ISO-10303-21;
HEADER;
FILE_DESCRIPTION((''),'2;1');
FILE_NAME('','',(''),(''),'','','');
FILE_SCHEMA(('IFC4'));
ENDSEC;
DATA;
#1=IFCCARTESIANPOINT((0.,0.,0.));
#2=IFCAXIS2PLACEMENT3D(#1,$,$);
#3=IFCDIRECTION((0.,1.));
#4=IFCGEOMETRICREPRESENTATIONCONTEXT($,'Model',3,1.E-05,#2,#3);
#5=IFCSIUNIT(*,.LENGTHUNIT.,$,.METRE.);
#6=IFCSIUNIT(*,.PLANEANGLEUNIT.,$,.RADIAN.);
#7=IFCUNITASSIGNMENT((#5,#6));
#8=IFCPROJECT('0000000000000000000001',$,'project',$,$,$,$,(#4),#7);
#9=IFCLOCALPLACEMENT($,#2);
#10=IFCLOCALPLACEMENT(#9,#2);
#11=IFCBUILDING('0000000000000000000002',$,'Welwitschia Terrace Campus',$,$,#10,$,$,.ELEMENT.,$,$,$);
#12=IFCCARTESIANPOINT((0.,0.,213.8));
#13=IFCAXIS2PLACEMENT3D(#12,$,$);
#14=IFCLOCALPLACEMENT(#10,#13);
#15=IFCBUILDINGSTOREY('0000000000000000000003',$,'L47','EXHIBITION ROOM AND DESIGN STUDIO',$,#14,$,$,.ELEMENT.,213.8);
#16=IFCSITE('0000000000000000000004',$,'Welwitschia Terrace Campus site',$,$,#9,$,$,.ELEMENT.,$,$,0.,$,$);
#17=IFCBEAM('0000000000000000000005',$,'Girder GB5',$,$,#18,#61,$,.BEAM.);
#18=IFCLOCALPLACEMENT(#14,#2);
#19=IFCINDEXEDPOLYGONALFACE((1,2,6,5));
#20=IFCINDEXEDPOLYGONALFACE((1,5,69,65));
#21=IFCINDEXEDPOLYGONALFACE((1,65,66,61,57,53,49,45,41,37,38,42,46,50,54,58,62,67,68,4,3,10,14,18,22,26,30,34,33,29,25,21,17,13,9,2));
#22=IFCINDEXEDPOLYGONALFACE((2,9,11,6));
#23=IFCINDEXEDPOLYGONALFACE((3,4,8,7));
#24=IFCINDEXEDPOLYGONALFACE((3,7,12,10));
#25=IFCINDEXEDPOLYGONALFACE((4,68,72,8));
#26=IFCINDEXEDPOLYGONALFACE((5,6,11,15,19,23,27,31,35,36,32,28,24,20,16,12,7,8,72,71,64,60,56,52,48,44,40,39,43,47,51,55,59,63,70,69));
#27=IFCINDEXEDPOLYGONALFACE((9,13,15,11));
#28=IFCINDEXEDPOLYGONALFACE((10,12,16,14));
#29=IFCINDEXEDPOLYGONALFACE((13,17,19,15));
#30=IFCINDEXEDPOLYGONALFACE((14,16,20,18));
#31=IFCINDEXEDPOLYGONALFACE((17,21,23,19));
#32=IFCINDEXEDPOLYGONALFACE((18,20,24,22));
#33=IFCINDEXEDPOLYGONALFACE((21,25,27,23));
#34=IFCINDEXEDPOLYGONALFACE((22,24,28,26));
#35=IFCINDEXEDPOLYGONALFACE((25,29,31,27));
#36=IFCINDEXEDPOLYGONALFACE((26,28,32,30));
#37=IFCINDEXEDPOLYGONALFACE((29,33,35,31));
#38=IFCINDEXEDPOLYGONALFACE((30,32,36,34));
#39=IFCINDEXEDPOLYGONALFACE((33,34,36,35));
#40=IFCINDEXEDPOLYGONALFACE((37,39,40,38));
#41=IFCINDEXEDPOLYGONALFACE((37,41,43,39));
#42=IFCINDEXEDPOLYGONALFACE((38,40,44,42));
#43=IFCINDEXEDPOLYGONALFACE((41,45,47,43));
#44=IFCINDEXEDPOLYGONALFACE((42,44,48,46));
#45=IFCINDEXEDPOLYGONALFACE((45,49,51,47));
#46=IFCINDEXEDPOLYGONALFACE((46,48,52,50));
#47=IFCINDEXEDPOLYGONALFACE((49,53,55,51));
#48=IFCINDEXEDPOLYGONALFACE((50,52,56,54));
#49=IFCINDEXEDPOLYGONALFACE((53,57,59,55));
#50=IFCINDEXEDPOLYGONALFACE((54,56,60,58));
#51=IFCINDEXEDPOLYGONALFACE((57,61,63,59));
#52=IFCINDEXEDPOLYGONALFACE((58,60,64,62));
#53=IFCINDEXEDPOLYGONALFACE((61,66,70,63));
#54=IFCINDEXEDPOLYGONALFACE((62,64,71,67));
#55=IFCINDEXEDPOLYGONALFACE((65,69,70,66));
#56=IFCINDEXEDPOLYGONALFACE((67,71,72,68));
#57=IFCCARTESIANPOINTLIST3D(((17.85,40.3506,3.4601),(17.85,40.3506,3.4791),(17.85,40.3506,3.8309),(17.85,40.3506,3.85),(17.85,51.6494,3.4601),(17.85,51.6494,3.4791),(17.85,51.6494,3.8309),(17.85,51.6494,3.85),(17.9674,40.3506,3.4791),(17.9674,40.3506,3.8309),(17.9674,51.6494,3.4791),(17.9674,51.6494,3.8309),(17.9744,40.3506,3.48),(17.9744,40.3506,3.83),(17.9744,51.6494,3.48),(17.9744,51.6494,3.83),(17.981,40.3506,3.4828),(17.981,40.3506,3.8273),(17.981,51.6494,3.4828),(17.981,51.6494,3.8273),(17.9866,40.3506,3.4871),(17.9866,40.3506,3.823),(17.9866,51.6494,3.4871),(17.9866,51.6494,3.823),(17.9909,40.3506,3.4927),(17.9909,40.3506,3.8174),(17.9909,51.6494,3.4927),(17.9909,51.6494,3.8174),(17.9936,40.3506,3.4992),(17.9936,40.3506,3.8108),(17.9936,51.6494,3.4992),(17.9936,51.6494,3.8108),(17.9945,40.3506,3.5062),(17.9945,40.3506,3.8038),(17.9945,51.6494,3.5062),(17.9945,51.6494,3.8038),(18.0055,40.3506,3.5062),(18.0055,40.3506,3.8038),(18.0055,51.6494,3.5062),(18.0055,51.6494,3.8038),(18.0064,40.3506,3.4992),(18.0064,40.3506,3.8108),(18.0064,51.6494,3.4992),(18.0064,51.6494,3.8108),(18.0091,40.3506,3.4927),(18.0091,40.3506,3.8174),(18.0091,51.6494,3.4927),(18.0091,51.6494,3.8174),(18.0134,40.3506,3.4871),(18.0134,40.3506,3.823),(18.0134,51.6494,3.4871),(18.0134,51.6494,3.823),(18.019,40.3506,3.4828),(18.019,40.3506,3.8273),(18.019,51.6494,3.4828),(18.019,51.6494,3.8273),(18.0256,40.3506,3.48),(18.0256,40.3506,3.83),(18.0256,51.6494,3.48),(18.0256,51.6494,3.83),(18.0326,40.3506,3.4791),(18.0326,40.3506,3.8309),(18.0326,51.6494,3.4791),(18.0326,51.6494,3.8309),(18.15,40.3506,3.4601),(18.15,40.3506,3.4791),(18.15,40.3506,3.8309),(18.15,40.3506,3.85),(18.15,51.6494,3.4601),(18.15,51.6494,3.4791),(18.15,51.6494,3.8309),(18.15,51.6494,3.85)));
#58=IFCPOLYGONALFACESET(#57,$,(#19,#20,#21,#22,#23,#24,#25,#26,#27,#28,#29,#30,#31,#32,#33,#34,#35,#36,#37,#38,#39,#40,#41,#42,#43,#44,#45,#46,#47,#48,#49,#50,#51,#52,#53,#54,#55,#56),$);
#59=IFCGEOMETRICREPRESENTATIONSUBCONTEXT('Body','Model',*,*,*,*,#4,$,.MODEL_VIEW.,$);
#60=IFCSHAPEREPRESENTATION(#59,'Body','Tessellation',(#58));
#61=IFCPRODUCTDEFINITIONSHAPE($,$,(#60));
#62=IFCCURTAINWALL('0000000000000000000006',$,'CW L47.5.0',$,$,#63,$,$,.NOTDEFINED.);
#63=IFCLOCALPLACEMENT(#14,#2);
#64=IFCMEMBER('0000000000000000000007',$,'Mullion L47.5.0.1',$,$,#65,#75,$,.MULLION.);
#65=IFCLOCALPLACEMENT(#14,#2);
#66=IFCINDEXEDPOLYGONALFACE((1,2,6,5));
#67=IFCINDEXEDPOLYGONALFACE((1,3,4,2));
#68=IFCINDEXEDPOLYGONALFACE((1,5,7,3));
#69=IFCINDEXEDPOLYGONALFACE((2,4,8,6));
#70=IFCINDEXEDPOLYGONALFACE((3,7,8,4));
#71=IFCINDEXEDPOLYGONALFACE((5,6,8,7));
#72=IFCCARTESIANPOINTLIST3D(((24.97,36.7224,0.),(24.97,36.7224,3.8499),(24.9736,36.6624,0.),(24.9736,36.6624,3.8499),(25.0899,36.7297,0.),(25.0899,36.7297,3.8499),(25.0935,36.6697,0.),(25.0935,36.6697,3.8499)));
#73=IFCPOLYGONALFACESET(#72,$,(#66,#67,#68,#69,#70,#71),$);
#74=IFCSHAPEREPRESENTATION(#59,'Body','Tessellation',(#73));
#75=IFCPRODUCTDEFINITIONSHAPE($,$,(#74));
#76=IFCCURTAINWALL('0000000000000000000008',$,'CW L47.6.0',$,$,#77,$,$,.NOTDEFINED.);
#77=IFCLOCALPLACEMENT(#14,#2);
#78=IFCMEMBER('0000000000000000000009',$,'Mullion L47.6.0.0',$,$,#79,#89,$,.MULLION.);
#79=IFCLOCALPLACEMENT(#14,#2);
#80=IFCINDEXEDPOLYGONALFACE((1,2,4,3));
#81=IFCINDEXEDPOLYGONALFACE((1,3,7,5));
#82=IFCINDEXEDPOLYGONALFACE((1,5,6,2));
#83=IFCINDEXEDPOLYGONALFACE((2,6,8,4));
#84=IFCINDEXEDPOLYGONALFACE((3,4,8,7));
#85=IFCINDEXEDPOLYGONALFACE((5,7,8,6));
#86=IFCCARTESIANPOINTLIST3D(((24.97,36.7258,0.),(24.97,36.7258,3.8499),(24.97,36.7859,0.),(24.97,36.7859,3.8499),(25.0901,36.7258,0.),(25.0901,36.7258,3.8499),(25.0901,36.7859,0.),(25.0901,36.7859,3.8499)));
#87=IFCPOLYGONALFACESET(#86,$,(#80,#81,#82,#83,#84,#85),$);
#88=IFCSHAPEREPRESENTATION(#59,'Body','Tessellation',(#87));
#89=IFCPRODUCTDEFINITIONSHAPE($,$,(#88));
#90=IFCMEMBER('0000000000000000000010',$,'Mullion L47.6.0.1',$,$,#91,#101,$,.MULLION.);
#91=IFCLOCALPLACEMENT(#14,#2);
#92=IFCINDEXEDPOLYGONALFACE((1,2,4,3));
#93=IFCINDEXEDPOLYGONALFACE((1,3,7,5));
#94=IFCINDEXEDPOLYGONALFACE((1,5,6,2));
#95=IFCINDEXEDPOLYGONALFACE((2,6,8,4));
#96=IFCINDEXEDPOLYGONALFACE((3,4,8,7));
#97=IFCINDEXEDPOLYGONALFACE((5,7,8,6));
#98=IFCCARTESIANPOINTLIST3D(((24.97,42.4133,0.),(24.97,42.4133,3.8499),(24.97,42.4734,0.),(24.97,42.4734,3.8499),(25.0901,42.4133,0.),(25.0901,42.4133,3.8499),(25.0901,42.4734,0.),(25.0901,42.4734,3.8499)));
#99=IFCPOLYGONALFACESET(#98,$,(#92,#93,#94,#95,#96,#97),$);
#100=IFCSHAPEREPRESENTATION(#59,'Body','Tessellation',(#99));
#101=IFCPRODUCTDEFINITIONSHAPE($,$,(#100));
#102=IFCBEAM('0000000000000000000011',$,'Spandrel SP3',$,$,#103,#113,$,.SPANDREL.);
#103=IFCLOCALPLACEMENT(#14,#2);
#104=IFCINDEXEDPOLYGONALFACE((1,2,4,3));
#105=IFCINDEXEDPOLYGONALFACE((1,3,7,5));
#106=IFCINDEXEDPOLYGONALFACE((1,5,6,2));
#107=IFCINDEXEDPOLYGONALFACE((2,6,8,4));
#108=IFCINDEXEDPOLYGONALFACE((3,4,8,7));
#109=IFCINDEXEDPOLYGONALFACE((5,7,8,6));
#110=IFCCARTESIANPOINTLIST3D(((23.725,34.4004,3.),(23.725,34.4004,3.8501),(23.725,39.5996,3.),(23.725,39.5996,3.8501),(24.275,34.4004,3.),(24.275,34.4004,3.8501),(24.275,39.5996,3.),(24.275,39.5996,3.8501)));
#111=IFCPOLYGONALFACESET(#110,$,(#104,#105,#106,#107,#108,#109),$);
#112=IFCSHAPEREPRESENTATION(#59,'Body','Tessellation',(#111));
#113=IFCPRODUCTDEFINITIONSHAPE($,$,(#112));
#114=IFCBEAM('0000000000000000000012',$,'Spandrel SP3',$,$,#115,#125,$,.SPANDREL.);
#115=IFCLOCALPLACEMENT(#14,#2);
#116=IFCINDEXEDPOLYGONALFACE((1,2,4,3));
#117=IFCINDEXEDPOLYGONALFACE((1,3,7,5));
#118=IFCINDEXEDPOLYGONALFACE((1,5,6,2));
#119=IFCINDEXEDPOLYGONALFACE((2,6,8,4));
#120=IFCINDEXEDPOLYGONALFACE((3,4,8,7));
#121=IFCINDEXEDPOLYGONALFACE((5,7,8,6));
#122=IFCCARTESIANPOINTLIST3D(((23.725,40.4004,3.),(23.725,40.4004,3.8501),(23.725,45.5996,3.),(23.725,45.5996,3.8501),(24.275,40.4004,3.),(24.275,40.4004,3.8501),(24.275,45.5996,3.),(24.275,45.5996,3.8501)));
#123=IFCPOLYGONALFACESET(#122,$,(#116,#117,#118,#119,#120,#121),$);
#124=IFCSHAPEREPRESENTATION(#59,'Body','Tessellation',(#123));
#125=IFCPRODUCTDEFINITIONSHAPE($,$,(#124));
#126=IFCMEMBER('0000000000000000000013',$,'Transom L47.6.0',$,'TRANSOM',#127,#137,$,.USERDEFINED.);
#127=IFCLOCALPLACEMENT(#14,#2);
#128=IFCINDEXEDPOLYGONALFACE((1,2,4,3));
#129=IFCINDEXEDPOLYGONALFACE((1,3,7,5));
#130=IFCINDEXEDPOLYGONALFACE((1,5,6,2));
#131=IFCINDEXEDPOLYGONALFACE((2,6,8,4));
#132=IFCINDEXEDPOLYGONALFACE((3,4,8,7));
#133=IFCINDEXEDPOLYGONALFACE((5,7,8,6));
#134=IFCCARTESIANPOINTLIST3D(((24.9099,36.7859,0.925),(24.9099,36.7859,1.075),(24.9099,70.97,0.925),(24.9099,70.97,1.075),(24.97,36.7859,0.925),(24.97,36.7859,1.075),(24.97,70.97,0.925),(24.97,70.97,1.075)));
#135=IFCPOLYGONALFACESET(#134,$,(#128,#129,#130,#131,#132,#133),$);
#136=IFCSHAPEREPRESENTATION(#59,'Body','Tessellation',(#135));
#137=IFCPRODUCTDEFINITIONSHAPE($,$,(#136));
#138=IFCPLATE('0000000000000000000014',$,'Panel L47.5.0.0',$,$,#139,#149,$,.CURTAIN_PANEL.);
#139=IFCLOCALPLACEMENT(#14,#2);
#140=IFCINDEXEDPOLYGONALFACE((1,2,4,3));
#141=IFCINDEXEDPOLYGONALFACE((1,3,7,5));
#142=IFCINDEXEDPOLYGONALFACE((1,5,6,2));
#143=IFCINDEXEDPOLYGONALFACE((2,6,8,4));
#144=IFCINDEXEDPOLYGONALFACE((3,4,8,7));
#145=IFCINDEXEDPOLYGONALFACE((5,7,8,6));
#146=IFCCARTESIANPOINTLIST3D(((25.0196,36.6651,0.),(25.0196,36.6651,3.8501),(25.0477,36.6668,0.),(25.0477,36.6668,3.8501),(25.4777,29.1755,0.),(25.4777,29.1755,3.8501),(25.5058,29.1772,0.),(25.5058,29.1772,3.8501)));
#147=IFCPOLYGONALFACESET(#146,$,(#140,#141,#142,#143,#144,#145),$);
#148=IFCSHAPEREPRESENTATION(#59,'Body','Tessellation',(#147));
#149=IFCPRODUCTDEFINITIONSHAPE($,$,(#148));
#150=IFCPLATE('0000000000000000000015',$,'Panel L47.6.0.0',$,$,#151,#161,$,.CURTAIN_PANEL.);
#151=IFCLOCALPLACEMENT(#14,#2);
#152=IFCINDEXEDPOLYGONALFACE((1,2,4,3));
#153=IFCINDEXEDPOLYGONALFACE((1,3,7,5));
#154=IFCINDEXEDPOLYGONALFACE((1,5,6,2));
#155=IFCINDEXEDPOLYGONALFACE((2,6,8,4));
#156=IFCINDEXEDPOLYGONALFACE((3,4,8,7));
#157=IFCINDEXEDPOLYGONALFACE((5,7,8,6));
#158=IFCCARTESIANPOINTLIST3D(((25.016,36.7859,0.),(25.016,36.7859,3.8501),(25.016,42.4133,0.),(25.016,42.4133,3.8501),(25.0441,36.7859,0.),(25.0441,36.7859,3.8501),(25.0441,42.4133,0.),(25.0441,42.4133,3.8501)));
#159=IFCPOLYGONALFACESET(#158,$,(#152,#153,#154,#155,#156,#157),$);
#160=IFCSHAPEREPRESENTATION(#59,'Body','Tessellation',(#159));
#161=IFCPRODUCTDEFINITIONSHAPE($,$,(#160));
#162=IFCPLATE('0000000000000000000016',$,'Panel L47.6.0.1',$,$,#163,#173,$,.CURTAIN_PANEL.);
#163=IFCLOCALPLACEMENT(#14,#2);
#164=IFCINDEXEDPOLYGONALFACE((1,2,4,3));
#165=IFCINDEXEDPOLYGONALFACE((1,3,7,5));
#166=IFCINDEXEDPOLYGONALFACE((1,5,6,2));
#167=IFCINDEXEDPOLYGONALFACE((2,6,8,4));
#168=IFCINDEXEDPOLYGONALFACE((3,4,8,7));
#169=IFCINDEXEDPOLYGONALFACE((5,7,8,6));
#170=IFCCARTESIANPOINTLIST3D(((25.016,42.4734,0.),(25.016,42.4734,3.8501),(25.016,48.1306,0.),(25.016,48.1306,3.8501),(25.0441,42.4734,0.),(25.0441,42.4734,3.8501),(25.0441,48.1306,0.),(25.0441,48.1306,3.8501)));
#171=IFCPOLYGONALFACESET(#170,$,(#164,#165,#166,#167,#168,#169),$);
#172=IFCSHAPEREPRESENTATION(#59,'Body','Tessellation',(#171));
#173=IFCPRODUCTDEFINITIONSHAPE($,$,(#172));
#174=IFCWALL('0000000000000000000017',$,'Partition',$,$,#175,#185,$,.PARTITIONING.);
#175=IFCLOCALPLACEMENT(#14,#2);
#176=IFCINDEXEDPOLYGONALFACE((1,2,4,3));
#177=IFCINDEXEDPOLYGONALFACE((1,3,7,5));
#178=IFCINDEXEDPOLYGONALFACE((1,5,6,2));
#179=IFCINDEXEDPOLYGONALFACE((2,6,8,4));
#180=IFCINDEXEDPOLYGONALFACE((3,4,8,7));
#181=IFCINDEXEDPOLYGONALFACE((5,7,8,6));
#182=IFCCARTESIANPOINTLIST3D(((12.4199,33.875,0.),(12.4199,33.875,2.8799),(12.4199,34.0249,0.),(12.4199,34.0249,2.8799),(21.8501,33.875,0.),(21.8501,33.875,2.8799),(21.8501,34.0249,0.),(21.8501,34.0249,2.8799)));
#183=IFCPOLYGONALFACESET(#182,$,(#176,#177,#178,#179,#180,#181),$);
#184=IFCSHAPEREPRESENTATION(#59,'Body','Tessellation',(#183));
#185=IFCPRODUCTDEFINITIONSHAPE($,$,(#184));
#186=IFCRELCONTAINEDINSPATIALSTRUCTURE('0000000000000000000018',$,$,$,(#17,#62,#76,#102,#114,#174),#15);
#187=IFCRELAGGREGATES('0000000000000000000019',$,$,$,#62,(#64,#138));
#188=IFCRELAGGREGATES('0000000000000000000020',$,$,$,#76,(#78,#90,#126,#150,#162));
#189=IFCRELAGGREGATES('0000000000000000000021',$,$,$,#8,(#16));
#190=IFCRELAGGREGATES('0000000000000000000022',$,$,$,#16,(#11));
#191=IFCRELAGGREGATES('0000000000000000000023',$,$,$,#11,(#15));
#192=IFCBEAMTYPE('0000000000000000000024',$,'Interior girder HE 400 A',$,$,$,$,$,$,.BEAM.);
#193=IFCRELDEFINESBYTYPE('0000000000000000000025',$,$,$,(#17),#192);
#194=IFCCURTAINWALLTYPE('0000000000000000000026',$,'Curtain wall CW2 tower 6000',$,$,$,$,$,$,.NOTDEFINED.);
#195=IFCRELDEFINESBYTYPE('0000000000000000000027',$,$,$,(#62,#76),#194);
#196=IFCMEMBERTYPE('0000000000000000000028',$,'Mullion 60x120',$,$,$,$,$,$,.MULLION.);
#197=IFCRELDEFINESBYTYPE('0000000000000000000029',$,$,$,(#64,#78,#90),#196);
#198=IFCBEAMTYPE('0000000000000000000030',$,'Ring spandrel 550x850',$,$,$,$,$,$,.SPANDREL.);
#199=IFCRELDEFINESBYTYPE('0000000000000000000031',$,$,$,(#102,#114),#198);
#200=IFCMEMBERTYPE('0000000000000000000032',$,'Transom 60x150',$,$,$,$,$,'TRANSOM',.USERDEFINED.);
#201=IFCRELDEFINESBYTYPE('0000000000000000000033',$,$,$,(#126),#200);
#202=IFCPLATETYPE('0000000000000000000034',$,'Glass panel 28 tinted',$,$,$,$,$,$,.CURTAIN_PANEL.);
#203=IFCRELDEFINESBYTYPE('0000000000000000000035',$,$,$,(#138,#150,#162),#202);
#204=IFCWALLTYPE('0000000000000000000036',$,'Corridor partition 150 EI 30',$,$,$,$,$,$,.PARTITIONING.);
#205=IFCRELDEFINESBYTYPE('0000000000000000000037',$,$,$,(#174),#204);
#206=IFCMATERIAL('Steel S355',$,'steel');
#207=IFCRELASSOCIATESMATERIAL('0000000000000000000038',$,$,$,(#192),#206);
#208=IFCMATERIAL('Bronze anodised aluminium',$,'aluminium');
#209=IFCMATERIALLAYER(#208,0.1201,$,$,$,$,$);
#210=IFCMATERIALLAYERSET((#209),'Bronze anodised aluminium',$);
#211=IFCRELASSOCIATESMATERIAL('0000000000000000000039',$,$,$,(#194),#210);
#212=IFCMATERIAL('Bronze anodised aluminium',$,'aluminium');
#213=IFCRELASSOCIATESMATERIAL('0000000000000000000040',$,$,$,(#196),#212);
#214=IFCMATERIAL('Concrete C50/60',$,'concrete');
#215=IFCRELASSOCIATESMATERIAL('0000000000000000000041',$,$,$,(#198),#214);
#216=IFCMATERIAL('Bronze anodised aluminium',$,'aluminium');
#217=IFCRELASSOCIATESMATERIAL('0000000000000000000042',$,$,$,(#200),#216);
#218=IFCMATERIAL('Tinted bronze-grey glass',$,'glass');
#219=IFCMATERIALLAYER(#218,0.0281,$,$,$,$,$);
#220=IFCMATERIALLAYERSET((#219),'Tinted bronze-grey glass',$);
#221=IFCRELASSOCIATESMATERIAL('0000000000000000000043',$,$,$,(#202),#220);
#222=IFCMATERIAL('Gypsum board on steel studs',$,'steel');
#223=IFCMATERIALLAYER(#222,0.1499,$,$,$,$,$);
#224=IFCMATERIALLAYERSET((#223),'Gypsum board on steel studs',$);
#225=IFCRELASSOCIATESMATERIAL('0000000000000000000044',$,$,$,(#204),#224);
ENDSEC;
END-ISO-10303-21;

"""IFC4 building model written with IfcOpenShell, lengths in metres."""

from ifc_helpers import new_model, si_unit, direction, frame, frame_2d, origin, origin_2d, place, context, subcontext, project, spatial, rectangle, i_section, extrude, material, layer, layer_set, material_profile, profile_set, type_object, element, aggregate, save


model = new_model("IFC4")

# Units and contexts
model_context = context("Model", 3, precision=1e-05, world=origin(), true_north=direction((0.0, 1.0)))
body_context = subcontext(model_context, "Body", "Model", "MODEL_VIEW")
ifc_project = project(units=[si_unit("LENGTHUNIT", "METRE"), si_unit("PLANEANGLEUNIT", "RADIAN")], contexts=[model_context])

# Site, building, storey
site_placement = place(None, origin())
site = spatial("IfcSite", under=ifc_project, at=site_placement, Name="Welwitschia Terrace Campus site", CompositionType="ELEMENT", RefElevation=0.0)
building_placement = place(site_placement, origin())
building = spatial("IfcBuilding", under=site, at=building_placement, Name="Welwitschia Terrace Campus", CompositionType="ELEMENT")
storey_placement = place(building_placement, frame((0.0, 0.0, 213.8)))
storey = spatial("IfcBuildingStorey", under=building, at=storey_placement, Name="L47", Description="EXHIBITION ROOM AND DESIGN STUDIO", CompositionType="ELEMENT", Elevation=213.8)

# Beam
ifc_material_1 = material(Name="Steel S355", Category="steel")
ifc_material_profile_1 = material_profile(ifc_material_1, i_section(OverallWidth=0.3, OverallDepth=0.3899, WebThickness=0.011, FlangeThickness=0.019, FilletRadius=0.0271, at=origin_2d()))
ifc_profile_set_1 = profile_set([ifc_material_profile_1], Name="Steel S355")
beam_type_1 = type_object("IfcBeamType", Name="Interior girder HE 400 A", PredefinedType="BEAM", material=ifc_profile_set_1)
beam_1_placement = place(storey_placement, frame((18.0, 40.3506, 3.655), z_axis=(0.0, 1.0, 0.0), x_axis=(-1.0, 0.0, 0.0)))
element("IfcBeam", 1, at=beam_1_placement, inside=storey, type_object=beam_type_1, Name="Girder GB5", PredefinedType="BEAM", context=body_context, shape_type="SweptSolid", body=[
    extrude(i_section(OverallWidth=0.3, OverallDepth=0.3899, WebThickness=0.011, FlangeThickness=0.019, FilletRadius=0.0271, at=origin_2d()), origin(), (0.0, 0.0, 1.0), 11.2988),
])

# Curtain wall, member
ifc_material_2 = material(Name="Bronze anodised aluminium", Category="aluminium")
ifc_layer_1 = layer(ifc_material_2, 0.1201)
ifc_layer_set_1 = layer_set([ifc_layer_1], Name="Bronze anodised aluminium")
curtain_wall_type = type_object("IfcCurtainWallType", Name="Curtain wall CW2 tower 6000", PredefinedType="NOTDEFINED", material=ifc_layer_set_1)
curtain_wall_1_placement = place(storey_placement, origin())
curtain_wall_1 = element("IfcCurtainWall", 2, at=curtain_wall_1_placement, inside=storey, type_object=curtain_wall_type, Name="CW L47.5.0", PredefinedType="NOTDEFINED")
ifc_material_3 = material(Name="Bronze anodised aluminium", Category="aluminium")
ifc_material_profile_2 = material_profile(ifc_material_3, rectangle(XDim=0.1201, YDim=0.0601, at=origin_2d()))
ifc_profile_set_2 = profile_set([ifc_material_profile_2], Name="Bronze anodised aluminium")
member_type_1 = type_object("IfcMemberType", Name="Mullion 60x120", PredefinedType="MULLION", material=ifc_profile_set_2)
member_1_placement = place(storey_placement, frame((25.0317, 36.696, 0.0), z_axis=(0.0, 0.0, 1.0), x_axis=(-0.998135, -0.061049, 0.0)))
member_1 = element("IfcMember", 3, at=member_1_placement, type_object=member_type_1, Name="Mullion L47.5.0.1", PredefinedType="MULLION", context=body_context, shape_type="SweptSolid", body=[
    extrude(rectangle(XDim=0.1201, YDim=0.0601, at=origin_2d()), origin(), (0.0, 0.0, 1.0), 3.8499),
])

# Curtain wall, members
curtain_wall_2_placement = place(storey_placement, origin())
curtain_wall_2 = element("IfcCurtainWall", 4, at=curtain_wall_2_placement, inside=storey, type_object=curtain_wall_type, Name="CW L47.6.0", PredefinedType="NOTDEFINED")
member_2_placement = place(storey_placement, frame((25.03, 36.7559, 0.0), z_axis=(0.0, 0.0, 1.0), x_axis=(-1.0, 0.0, 0.0)))
member_2 = element("IfcMember", 5, at=member_2_placement, type_object=member_type_1, Name="Mullion L47.6.0.0", PredefinedType="MULLION", context=body_context, shape_type="SweptSolid", body=[
    extrude(rectangle(XDim=0.1201, YDim=0.0601, at=origin_2d()), origin(), (0.0, 0.0, 1.0), 3.8499),
])
member_3_placement = place(storey_placement, frame((25.03, 42.4434, 0.0), z_axis=(0.0, 0.0, 1.0), x_axis=(-1.0, 0.0, 0.0)))
member_3 = element("IfcMember", 6, at=member_3_placement, type_object=member_type_1, Name="Mullion L47.6.0.1", PredefinedType="MULLION", context=body_context, shape_type="SweptSolid", body=[
    extrude(rectangle(XDim=0.1201, YDim=0.0601, at=origin_2d()), origin(), (0.0, 0.0, 1.0), 3.8499),
])

# Beams
ifc_material_4 = material(Name="Concrete C50/60", Category="concrete")
ifc_material_profile_3 = material_profile(ifc_material_4, rectangle(XDim=0.55, YDim=0.8501, at=origin_2d()))
ifc_profile_set_3 = profile_set([ifc_material_profile_3], Name="Concrete C50/60")
beam_type_2 = type_object("IfcBeamType", Name="Ring spandrel 550x850", PredefinedType="SPANDREL", material=ifc_profile_set_3)
for number, where, z_axis, x_axis, name in (
    (7, (24.0, 34.4004, 3.425), (0.0, 1.0, 0.0), (-1.0, 0.0, 0.0), "Spandrel SP3"),
    (8, (24.0, 40.4004, 3.425), (0.0, 1.0, 0.0), (-1.0, 0.0, 0.0), "Spandrel SP3"),
):
    element("IfcBeam", number, at=place(storey_placement, frame(where, z_axis=z_axis, x_axis=x_axis)), inside=storey, type_object=beam_type_2, Name=name, PredefinedType="SPANDREL", context=body_context, shape_type="SweptSolid", body=[
        extrude(rectangle(XDim=0.55, YDim=0.8501, at=origin_2d()), origin(), (0.0, 0.0, 1.0), 5.1992),
    ])

# Member
ifc_material_5 = material(Name="Bronze anodised aluminium", Category="aluminium")
ifc_material_profile_4 = material_profile(ifc_material_5, rectangle(XDim=0.0601, YDim=0.1499, at=origin_2d()))
ifc_profile_set_4 = profile_set([ifc_material_profile_4], Name="Bronze anodised aluminium")
member_type_2 = type_object("IfcMemberType", Name="Transom 60x150", ElementType="TRANSOM", PredefinedType="USERDEFINED", material=ifc_profile_set_4)
member_4_placement = place(storey_placement, frame((24.9399, 36.7859, 1.0), z_axis=(0.0, 1.0, 0.0), x_axis=(-1.0, 0.0, 0.0)))
member_4 = element("IfcMember", 9, at=member_4_placement, type_object=member_type_2, Name="Transom L47.6.0", ObjectType="TRANSOM", PredefinedType="USERDEFINED", context=body_context, shape_type="SweptSolid", body=[
    extrude(rectangle(XDim=0.0601, YDim=0.1499, at=origin_2d()), origin(), (0.0, 0.0, 1.0), 34.1841),
])

# Plates
ifc_material_6 = material(Name="Tinted bronze-grey glass", Category="glass")
ifc_layer_2 = layer(ifc_material_6, 0.0281)
ifc_layer_set_2 = layer_set([ifc_layer_2], Name="Tinted bronze-grey glass")
plate_type = type_object("IfcPlateType", Name="Glass panel 28 tinted", PredefinedType="CURTAIN_PANEL", material=ifc_layer_set_2)
plate_1_placement = place(storey_placement, frame((25.2627, 32.9211, 0.0), z_axis=(0.0, 0.0, 1.0), x_axis=(-0.061049, 0.998135, 0.0)))
plate_1 = element("IfcPlate", 10, at=plate_1_placement, type_object=plate_type, Name="Panel L47.5.0.0", PredefinedType="CURTAIN_PANEL", context=body_context, shape_type="SweptSolid", body=[
    extrude(rectangle(XDim=7.5037, YDim=0.0281, at=origin_2d()), origin(), (0.0, 0.0, 1.0), 3.8501),
])
aggregate(curtain_wall_1, [member_1, plate_1])
plate_2_placement = place(storey_placement, frame((25.03, 39.5996, 0.0), z_axis=(0.0, 0.0, 1.0), x_axis=(0.0, 1.0, 0.0)))
plate_2 = element("IfcPlate", 11, at=plate_2_placement, type_object=plate_type, Name="Panel L47.6.0.0", PredefinedType="CURTAIN_PANEL", context=body_context, shape_type="SweptSolid", body=[
    extrude(rectangle(XDim=5.6274, YDim=0.0281, at=origin_2d()), origin(), (0.0, 0.0, 1.0), 3.8501),
])
plate_3_placement = place(storey_placement, frame((25.03, 45.302, 0.0), z_axis=(0.0, 0.0, 1.0), x_axis=(0.0, 1.0, 0.0)))
plate_3 = element("IfcPlate", 12, at=plate_3_placement, type_object=plate_type, Name="Panel L47.6.0.1", PredefinedType="CURTAIN_PANEL", context=body_context, shape_type="SweptSolid", body=[
    extrude(rectangle(XDim=5.6572, YDim=0.0281, at=origin_2d()), origin(), (0.0, 0.0, 1.0), 3.8501),
])
aggregate(curtain_wall_2, [member_2, member_3, member_4, plate_2, plate_3])

# Wall
ifc_material_7 = material(Name="Gypsum board on steel studs", Category="steel")
ifc_layer_3 = layer(ifc_material_7, 0.1499)
ifc_layer_set_3 = layer_set([ifc_layer_3], Name="Gypsum board on steel studs")
wall_type = type_object("IfcWallType", Name="Corridor partition 150 EI 30", PredefinedType="PARTITIONING", material=ifc_layer_set_3)
wall_1_placement = place(storey_placement, frame((12.4199, 33.95, 0.0), z_axis=(0.0, 0.0, 1.0), x_axis=(1.0, 0.0, 0.0)))
element("IfcWall", 13, at=wall_1_placement, inside=storey, type_object=wall_type, Name="Partition", PredefinedType="PARTITIONING", context=body_context, shape_type="SweptSolid", body=[
    extrude(rectangle(XDim=9.4302, YDim=0.1499, at=frame_2d((4.7151, 0.0))), origin(), (0.0, 0.0, 1.0), 2.8799),
])

save(model, "model.ifc")
